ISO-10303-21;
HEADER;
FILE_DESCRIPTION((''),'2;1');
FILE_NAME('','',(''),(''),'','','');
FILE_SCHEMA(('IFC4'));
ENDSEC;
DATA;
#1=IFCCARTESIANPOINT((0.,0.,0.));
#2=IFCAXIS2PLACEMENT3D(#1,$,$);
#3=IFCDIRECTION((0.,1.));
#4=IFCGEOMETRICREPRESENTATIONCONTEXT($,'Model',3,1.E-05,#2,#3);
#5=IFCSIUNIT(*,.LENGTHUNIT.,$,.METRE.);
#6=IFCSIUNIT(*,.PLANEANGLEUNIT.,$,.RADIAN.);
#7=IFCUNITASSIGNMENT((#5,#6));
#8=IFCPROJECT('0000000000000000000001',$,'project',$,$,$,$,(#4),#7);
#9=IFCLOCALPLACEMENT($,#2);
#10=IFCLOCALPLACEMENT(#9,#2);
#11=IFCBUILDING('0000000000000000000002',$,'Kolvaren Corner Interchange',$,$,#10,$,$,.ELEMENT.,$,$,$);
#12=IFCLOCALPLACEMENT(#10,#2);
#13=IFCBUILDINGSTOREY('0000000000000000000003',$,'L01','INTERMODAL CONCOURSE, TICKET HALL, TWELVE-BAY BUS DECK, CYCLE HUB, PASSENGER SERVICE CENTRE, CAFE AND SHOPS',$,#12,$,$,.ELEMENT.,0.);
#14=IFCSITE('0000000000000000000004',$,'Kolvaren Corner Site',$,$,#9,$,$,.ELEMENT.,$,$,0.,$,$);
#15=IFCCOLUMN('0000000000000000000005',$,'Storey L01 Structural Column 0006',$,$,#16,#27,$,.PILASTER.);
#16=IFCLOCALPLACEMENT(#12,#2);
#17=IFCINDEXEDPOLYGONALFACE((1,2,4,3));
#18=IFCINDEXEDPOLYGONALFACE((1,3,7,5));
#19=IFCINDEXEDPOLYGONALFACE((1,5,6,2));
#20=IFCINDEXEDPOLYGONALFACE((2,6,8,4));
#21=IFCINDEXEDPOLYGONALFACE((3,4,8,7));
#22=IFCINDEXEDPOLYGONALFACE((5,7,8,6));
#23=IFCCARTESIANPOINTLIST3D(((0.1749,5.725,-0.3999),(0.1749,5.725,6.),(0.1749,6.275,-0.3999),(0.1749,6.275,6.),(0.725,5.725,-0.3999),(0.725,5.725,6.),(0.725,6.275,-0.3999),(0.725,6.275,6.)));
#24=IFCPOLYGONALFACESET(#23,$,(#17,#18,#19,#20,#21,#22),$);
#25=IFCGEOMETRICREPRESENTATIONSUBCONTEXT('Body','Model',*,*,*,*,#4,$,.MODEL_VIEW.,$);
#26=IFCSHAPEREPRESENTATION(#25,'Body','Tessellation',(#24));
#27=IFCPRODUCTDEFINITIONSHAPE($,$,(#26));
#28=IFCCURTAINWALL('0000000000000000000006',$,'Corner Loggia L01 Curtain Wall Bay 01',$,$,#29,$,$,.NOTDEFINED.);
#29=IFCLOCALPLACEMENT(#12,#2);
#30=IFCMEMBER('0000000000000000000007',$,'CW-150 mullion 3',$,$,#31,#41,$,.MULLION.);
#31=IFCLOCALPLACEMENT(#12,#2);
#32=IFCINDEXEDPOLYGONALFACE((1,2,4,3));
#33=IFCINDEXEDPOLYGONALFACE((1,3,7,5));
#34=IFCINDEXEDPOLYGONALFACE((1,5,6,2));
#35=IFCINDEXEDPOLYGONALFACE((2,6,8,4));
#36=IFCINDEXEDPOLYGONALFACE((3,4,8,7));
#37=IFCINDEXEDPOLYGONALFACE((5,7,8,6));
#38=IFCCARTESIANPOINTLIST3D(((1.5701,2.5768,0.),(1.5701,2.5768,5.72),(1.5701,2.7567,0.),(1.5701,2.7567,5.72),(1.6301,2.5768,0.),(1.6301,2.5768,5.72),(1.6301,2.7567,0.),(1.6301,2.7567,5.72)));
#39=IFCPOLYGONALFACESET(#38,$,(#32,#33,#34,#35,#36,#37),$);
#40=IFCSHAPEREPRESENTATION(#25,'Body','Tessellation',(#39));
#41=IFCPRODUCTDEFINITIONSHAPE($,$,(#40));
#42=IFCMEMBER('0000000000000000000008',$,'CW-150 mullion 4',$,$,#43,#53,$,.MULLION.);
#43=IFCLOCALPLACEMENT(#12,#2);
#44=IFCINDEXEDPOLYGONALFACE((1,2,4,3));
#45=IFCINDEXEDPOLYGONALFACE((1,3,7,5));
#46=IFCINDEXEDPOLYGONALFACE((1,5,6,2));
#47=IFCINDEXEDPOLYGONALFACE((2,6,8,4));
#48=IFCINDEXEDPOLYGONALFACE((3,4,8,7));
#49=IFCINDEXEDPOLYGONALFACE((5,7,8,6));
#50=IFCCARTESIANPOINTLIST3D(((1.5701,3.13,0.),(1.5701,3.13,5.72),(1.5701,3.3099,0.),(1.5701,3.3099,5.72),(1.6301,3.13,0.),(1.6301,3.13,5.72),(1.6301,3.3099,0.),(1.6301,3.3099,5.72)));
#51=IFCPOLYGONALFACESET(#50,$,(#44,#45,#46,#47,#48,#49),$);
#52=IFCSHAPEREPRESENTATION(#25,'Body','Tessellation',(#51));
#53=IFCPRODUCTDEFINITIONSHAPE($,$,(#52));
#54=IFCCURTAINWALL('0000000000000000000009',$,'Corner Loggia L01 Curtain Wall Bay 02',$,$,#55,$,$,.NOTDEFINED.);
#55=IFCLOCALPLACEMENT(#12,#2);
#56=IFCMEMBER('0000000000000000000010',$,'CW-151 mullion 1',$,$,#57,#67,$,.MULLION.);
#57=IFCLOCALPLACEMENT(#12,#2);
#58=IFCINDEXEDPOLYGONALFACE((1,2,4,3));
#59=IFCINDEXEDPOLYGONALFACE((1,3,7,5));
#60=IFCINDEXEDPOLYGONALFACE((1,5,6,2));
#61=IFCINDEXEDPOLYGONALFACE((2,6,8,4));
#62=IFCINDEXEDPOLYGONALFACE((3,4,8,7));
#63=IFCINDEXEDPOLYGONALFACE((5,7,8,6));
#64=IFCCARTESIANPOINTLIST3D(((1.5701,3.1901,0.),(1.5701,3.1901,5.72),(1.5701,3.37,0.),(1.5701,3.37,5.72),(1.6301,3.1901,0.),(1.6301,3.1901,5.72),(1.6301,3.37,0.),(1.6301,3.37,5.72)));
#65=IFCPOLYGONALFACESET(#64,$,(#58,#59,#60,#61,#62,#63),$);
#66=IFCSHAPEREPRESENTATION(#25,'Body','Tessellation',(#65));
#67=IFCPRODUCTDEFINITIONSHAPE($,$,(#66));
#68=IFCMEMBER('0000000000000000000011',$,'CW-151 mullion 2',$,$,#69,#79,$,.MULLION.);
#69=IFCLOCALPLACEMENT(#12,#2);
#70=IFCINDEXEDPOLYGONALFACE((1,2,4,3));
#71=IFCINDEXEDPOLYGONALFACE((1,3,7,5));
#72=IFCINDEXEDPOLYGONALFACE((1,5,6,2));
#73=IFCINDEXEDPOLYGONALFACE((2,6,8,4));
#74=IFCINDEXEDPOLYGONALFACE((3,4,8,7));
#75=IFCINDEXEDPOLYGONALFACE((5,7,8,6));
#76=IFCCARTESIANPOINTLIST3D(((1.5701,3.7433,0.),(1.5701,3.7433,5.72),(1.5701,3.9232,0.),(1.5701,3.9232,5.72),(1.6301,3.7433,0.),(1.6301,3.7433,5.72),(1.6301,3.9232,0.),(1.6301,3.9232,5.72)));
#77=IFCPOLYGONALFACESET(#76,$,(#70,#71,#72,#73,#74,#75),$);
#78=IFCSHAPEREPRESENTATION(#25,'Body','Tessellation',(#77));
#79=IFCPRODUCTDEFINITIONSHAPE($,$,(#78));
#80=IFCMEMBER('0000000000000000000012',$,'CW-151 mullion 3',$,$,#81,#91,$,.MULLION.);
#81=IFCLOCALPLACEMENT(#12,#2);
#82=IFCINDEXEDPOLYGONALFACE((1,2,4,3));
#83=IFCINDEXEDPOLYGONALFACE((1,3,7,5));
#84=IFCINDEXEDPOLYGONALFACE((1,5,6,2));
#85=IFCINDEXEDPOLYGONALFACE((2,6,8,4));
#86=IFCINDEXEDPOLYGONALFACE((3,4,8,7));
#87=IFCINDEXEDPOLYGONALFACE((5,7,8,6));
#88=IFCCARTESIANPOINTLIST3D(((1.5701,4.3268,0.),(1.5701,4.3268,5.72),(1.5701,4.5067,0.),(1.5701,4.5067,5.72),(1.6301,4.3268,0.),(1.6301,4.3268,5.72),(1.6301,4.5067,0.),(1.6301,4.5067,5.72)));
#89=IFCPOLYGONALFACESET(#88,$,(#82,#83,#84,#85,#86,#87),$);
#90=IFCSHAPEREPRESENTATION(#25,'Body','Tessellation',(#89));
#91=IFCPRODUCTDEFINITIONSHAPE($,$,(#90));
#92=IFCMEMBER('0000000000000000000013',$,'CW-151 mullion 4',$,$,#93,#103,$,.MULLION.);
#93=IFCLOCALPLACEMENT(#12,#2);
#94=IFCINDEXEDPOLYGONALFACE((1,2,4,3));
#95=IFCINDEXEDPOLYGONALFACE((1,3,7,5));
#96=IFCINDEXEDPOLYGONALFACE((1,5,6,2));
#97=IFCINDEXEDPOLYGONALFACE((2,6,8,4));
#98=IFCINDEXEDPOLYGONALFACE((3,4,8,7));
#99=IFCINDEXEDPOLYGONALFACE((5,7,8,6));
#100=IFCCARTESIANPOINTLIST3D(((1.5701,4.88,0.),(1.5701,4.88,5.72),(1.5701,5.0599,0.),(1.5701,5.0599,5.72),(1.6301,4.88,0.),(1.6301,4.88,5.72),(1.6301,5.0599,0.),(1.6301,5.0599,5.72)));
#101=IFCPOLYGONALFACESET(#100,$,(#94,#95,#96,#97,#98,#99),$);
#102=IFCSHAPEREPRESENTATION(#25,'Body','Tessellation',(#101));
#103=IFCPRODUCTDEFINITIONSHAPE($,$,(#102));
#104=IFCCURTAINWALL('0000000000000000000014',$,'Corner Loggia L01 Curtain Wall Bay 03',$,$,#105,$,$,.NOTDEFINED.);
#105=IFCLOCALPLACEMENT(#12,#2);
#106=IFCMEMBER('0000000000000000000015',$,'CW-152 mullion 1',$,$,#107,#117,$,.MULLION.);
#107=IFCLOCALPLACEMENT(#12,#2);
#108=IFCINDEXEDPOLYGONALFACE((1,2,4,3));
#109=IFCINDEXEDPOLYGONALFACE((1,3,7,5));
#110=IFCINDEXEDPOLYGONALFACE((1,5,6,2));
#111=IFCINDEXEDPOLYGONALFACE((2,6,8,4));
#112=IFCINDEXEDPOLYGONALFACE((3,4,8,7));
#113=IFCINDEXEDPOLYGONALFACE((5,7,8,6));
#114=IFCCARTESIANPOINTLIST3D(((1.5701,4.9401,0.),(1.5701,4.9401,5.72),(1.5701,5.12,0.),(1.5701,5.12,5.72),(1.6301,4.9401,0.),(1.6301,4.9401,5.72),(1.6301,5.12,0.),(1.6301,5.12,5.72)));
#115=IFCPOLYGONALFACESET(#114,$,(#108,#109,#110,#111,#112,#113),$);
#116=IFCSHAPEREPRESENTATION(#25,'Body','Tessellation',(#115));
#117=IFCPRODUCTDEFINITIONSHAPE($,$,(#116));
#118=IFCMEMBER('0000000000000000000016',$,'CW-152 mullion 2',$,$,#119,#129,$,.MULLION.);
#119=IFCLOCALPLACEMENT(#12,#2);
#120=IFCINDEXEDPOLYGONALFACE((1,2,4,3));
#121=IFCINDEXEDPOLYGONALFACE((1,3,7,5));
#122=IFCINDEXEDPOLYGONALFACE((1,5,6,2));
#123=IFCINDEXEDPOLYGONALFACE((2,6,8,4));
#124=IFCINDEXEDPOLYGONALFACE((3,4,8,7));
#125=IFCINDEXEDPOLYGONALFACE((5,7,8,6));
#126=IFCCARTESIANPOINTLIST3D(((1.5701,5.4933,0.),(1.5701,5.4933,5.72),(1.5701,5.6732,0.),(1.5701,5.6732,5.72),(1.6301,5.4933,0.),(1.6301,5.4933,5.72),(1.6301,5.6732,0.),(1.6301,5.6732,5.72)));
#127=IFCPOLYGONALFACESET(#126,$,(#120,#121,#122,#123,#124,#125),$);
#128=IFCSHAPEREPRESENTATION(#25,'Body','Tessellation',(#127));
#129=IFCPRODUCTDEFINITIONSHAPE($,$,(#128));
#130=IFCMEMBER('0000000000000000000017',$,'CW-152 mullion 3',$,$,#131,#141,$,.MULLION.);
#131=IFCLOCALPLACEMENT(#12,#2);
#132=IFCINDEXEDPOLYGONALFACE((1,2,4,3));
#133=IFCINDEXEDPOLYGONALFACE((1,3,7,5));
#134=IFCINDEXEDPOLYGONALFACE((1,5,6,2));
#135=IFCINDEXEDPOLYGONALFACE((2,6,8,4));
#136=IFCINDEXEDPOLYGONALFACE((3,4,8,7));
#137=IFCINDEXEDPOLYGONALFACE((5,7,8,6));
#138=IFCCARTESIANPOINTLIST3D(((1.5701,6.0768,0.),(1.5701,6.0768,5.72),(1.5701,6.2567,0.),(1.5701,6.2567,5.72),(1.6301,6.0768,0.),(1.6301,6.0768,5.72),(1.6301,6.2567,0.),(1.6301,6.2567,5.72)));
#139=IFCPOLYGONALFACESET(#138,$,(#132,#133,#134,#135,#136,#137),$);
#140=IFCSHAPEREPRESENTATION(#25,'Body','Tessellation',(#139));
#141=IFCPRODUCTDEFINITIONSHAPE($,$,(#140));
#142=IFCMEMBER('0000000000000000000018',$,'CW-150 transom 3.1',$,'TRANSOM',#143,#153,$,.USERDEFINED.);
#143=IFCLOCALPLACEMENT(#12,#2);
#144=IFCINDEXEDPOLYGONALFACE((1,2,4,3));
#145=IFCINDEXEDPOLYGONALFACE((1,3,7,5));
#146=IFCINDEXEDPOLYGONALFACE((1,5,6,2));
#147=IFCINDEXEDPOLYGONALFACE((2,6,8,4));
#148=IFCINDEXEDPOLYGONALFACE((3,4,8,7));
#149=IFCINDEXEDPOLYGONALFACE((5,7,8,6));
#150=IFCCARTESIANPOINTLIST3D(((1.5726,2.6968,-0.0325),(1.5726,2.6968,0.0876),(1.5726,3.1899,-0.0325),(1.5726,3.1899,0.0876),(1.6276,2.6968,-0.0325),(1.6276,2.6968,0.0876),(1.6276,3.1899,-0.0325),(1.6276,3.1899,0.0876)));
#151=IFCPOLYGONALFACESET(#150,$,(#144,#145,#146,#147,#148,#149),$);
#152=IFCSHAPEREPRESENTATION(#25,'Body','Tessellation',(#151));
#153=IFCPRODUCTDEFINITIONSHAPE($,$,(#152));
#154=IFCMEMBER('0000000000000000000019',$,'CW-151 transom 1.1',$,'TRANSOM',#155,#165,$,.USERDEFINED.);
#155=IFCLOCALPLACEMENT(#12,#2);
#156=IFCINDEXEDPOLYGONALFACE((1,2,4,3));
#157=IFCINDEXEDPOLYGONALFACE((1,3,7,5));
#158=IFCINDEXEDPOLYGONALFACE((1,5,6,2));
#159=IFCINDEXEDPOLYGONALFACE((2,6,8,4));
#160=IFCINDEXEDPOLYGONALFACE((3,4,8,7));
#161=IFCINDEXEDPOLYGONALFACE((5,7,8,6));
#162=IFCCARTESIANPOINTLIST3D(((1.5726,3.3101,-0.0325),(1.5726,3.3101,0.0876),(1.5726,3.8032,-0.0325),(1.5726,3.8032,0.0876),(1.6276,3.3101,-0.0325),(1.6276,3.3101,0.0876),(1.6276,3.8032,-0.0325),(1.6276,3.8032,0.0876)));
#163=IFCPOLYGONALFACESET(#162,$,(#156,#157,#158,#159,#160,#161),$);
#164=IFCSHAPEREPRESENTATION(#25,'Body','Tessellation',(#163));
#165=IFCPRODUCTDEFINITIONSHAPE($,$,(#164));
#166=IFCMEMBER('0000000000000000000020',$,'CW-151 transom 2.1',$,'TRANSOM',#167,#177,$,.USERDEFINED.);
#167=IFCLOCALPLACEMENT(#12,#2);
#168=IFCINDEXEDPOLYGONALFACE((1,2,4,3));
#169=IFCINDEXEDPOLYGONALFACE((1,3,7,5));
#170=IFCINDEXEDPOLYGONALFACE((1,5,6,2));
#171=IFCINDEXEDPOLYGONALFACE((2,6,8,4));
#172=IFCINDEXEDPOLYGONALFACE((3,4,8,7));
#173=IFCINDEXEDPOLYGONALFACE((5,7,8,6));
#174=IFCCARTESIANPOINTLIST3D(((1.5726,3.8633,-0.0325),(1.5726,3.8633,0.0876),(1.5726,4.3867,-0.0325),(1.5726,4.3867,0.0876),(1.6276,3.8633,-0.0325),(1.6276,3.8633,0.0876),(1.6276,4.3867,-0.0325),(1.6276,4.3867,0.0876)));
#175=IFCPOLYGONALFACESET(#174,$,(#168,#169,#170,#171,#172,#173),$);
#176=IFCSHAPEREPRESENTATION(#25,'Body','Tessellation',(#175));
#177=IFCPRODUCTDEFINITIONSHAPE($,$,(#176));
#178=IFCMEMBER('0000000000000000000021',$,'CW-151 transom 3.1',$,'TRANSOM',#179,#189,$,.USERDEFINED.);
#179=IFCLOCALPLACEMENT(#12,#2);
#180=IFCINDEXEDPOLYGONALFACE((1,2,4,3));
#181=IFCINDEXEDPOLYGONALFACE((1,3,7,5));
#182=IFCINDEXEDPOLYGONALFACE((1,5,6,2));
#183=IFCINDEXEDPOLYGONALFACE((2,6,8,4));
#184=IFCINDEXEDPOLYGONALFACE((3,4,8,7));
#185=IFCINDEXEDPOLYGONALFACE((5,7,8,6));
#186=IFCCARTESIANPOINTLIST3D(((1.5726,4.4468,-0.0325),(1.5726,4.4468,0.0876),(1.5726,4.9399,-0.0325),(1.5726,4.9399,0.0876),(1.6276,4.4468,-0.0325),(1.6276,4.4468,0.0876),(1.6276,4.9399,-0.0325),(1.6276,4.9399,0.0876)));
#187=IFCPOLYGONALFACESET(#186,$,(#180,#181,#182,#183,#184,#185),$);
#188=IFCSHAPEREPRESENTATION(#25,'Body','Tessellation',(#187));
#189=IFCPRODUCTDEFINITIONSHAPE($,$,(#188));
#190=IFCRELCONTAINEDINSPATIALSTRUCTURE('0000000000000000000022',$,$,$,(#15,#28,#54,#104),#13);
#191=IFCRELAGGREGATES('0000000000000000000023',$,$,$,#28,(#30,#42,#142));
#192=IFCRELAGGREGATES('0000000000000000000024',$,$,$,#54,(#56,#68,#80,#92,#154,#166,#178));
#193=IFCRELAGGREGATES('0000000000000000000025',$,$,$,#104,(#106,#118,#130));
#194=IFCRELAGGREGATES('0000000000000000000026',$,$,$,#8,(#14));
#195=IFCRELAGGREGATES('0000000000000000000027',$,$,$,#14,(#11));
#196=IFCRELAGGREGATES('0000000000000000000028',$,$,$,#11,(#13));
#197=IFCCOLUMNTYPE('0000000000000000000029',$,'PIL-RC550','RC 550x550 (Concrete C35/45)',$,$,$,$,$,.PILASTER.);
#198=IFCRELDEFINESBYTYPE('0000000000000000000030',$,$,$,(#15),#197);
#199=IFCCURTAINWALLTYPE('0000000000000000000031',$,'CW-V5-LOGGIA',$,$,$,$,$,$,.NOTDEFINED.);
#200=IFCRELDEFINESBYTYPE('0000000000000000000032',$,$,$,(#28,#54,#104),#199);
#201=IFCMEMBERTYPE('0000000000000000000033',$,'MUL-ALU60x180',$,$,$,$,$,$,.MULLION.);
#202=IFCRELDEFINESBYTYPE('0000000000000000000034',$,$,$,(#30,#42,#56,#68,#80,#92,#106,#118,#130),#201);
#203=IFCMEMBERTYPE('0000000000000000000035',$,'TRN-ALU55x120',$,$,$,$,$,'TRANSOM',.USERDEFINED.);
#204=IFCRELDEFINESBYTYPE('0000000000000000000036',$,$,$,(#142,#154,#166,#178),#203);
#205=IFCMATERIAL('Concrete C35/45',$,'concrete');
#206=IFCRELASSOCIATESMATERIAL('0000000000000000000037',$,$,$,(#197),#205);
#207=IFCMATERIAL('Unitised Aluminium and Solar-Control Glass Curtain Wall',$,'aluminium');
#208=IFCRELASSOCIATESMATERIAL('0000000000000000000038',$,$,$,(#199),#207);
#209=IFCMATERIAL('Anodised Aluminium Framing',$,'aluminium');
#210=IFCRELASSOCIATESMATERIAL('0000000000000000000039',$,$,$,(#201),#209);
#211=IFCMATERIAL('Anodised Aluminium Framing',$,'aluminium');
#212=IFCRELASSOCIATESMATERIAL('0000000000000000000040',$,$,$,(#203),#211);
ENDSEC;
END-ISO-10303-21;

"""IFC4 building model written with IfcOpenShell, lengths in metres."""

from ifc_helpers import new_model, si_unit, direction, frame, origin, origin_2d, place, context, subcontext, project, spatial, rectangle, extrude, material, material_profile, profile_set, type_object, element, aggregate, save


model = new_model("IFC4")

# Units and contexts
model_context = context("Model", 3, precision=1e-05, world=origin(), true_north=direction((0.0, 1.0)))
body_context = subcontext(model_context, "Body", "Model", "MODEL_VIEW")
ifc_project = project(units=[si_unit("LENGTHUNIT", "METRE"), si_unit("PLANEANGLEUNIT", "RADIAN")], contexts=[model_context])

# Site, building, storey
site_placement = place(None, origin())
site = spatial("IfcSite", under=ifc_project, at=site_placement, Name="Kolvaren Corner Site", CompositionType="ELEMENT", RefElevation=0.0)
building_placement = place(site_placement, origin())
building = spatial("IfcBuilding", under=site, at=building_placement, Name="Kolvaren Corner Interchange", CompositionType="ELEMENT")
storey_placement = place(building_placement, origin())
storey = spatial("IfcBuildingStorey", under=building, at=storey_placement, Name="L01", Description="INTERMODAL CONCOURSE, TICKET HALL, TWELVE-BAY BUS DECK, CYCLE HUB, PASSENGER SERVICE CENTRE, CAFE AND SHOPS", CompositionType="ELEMENT", Elevation=0.0)

# Column
ifc_material_1 = material(Name="Concrete C35/45", Category="concrete")
ifc_material_profile_1 = material_profile(ifc_material_1, rectangle(XDim=0.55, YDim=0.55, at=origin_2d()), Name="RC 550x550")
ifc_profile_set_1 = profile_set([ifc_material_profile_1], Name="Concrete C35/45")
column_type = type_object("IfcColumnType", Name="PIL-RC550", Description="RC 550x550 (Concrete C35/45)", PredefinedType="PILASTER", material=ifc_profile_set_1)
column_placement = place(storey_placement, frame((0.45, 6.0, -0.3999), z_axis=(0.0, 0.0, 1.0), x_axis=(1.0, 0.0, 0.0)))
element("IfcColumn", 1, at=column_placement, inside=storey, type_object=column_type, Name="Storey L01 Structural Column 0006", PredefinedType="PILASTER", context=body_context, shape_type="SweptSolid", body=[
    extrude(rectangle(XDim=0.55, YDim=0.55, at=origin_2d()), origin(), (0.0, 0.0, 1.0), 6.3999),
])

# Curtain walls, members
ifc_material_2 = material(Name="Unitised Aluminium and Solar-Control Glass Curtain Wall", Category="aluminium")
curtain_wall_type = type_object("IfcCurtainWallType", Name="CW-V5-LOGGIA", PredefinedType="NOTDEFINED", material=ifc_material_2)
curtain_wall_1_placement = place(storey_placement, origin())
curtain_wall_1 = element("IfcCurtainWall", 2, at=curtain_wall_1_placement, inside=storey, type_object=curtain_wall_type, Name="Corner Loggia L01 Curtain Wall Bay 01", PredefinedType="NOTDEFINED")
ifc_material_3 = material(Name="Anodised Aluminium Framing", Category="aluminium")
ifc_material_profile_2 = material_profile(ifc_material_3, rectangle(XDim=0.0601, YDim=0.1799, at=origin_2d()), Name="ALU 60x180")
ifc_profile_set_2 = profile_set([ifc_material_profile_2], Name="Anodised Aluminium Framing")
member_type_1 = type_object("IfcMemberType", Name="MUL-ALU60x180", PredefinedType="MULLION", material=ifc_profile_set_2)
member_1_placement = place(storey_placement, frame((1.6001, 2.6667, 0.0), z_axis=(0.0, 0.0, 1.0), x_axis=(-1.0, 0.0, 0.0)))
member_1 = element("IfcMember", 3, at=member_1_placement, type_object=member_type_1, Name="CW-150 mullion 3", PredefinedType="MULLION", context=body_context, shape_type="SweptSolid", body=[
    extrude(rectangle(XDim=0.0601, YDim=0.1799, at=origin_2d()), origin(), (0.0, 0.0, 1.0), 5.72),
])
member_2_placement = place(storey_placement, frame((1.6001, 3.22, 0.0), z_axis=(0.0, 0.0, 1.0), x_axis=(-1.0, 0.0, 0.0)))
member_2 = element("IfcMember", 4, at=member_2_placement, type_object=member_type_1, Name="CW-150 mullion 4", PredefinedType="MULLION", context=body_context, shape_type="SweptSolid", body=[
    extrude(rectangle(XDim=0.0601, YDim=0.1799, at=origin_2d()), origin(), (0.0, 0.0, 1.0), 5.72),
])
curtain_wall_2_placement = place(storey_placement, origin())
curtain_wall_2 = element("IfcCurtainWall", 5, at=curtain_wall_2_placement, inside=storey, type_object=curtain_wall_type, Name="Corner Loggia L01 Curtain Wall Bay 02", PredefinedType="NOTDEFINED")
member_3_placement = place(storey_placement, frame((1.6001, 3.28, 0.0), z_axis=(0.0, 0.0, 1.0), x_axis=(-1.0, 0.0, 0.0)))
member_3 = element("IfcMember", 6, at=member_3_placement, type_object=member_type_1, Name="CW-151 mullion 1", PredefinedType="MULLION", context=body_context, shape_type="SweptSolid", body=[
    extrude(rectangle(XDim=0.0601, YDim=0.1799, at=origin_2d()), origin(), (0.0, 0.0, 1.0), 5.72),
])
member_4_placement = place(storey_placement, frame((1.6001, 3.8333, 0.0), z_axis=(0.0, 0.0, 1.0), x_axis=(-1.0, 0.0, 0.0)))
member_4 = element("IfcMember", 7, at=member_4_placement, type_object=member_type_1, Name="CW-151 mullion 2", PredefinedType="MULLION", context=body_context, shape_type="SweptSolid", body=[
    extrude(rectangle(XDim=0.0601, YDim=0.1799, at=origin_2d()), origin(), (0.0, 0.0, 1.0), 5.72),
])
member_5_placement = place(storey_placement, frame((1.6001, 4.4167, 0.0), z_axis=(0.0, 0.0, 1.0), x_axis=(-1.0, 0.0, 0.0)))
member_5 = element("IfcMember", 8, at=member_5_placement, type_object=member_type_1, Name="CW-151 mullion 3", PredefinedType="MULLION", context=body_context, shape_type="SweptSolid", body=[
    extrude(rectangle(XDim=0.0601, YDim=0.1799, at=origin_2d()), origin(), (0.0, 0.0, 1.0), 5.72),
])
member_6_placement = place(storey_placement, frame((1.6001, 4.97, 0.0), z_axis=(0.0, 0.0, 1.0), x_axis=(-1.0, 0.0, 0.0)))
member_6 = element("IfcMember", 9, at=member_6_placement, type_object=member_type_1, Name="CW-151 mullion 4", PredefinedType="MULLION", context=body_context, shape_type="SweptSolid", body=[
    extrude(rectangle(XDim=0.0601, YDim=0.1799, at=origin_2d()), origin(), (0.0, 0.0, 1.0), 5.72),
])
curtain_wall_3_placement = place(storey_placement, origin())
curtain_wall_3 = element("IfcCurtainWall", 10, at=curtain_wall_3_placement, inside=storey, type_object=curtain_wall_type, Name="Corner Loggia L01 Curtain Wall Bay 03", PredefinedType="NOTDEFINED")
member_7_placement = place(storey_placement, frame((1.6001, 5.03, 0.0), z_axis=(0.0, 0.0, 1.0), x_axis=(-1.0, 0.0, 0.0)))
member_7 = element("IfcMember", 11, at=member_7_placement, type_object=member_type_1, Name="CW-152 mullion 1", PredefinedType="MULLION", context=body_context, shape_type="SweptSolid", body=[
    extrude(rectangle(XDim=0.0601, YDim=0.1799, at=origin_2d()), origin(), (0.0, 0.0, 1.0), 5.72),
])
member_8_placement = place(storey_placement, frame((1.6001, 5.5833, 0.0), z_axis=(0.0, 0.0, 1.0), x_axis=(-1.0, 0.0, 0.0)))
member_8 = element("IfcMember", 12, at=member_8_placement, type_object=member_type_1, Name="CW-152 mullion 2", PredefinedType="MULLION", context=body_context, shape_type="SweptSolid", body=[
    extrude(rectangle(XDim=0.0601, YDim=0.1799, at=origin_2d()), origin(), (0.0, 0.0, 1.0), 5.72),
])
member_9_placement = place(storey_placement, frame((1.6001, 6.1667, 0.0), z_axis=(0.0, 0.0, 1.0), x_axis=(-1.0, 0.0, 0.0)))
member_9 = element("IfcMember", 13, at=member_9_placement, type_object=member_type_1, Name="CW-152 mullion 3", PredefinedType="MULLION", context=body_context, shape_type="SweptSolid", body=[
    extrude(rectangle(XDim=0.0601, YDim=0.1799, at=origin_2d()), origin(), (0.0, 0.0, 1.0), 5.72),
])

# Members
ifc_material_4 = material(Name="Anodised Aluminium Framing", Category="aluminium")
ifc_material_profile_3 = material_profile(ifc_material_4, rectangle(XDim=0.0549, YDim=0.1201, at=origin_2d()), Name="ALU 55x120")
ifc_profile_set_3 = profile_set([ifc_material_profile_3], Name="Anodised Aluminium Framing")
member_type_2 = type_object("IfcMemberType", Name="TRN-ALU55x120", ElementType="TRANSOM", PredefinedType="USERDEFINED", material=ifc_profile_set_3)
member_10_placement = place(storey_placement, frame((1.6001, 2.6968, 0.0276), z_axis=(0.0, 1.0, 0.0), x_axis=(-1.0, 0.0, 0.0)))
member_10 = element("IfcMember", 14, at=member_10_placement, type_object=member_type_2, Name="CW-150 transom 3.1", ObjectType="TRANSOM", PredefinedType="USERDEFINED", context=body_context, shape_type="SweptSolid", body=[
    extrude(rectangle(XDim=0.0549, YDim=0.1201, at=origin_2d()), origin(), (0.0, 0.0, 1.0), 0.4932),
])
member_11_placement = place(storey_placement, frame((1.6001, 3.3101, 0.0276), z_axis=(0.0, 1.0, 0.0), x_axis=(-1.0, 0.0, 0.0)))
member_11 = element("IfcMember", 15, at=member_11_placement, type_object=member_type_2, Name="CW-151 transom 1.1", ObjectType="TRANSOM", PredefinedType="USERDEFINED", context=body_context, shape_type="SweptSolid", body=[
    extrude(rectangle(XDim=0.0549, YDim=0.1201, at=origin_2d()), origin(), (0.0, 0.0, 1.0), 0.4932),
])
member_12_placement = place(storey_placement, frame((1.6001, 3.8633, 0.0276), z_axis=(0.0, 1.0, 0.0), x_axis=(-1.0, 0.0, 0.0)))
member_12 = element("IfcMember", 16, at=member_12_placement, type_object=member_type_2, Name="CW-151 transom 2.1", ObjectType="TRANSOM", PredefinedType="USERDEFINED", context=body_context, shape_type="SweptSolid", body=[
    extrude(rectangle(XDim=0.0549, YDim=0.1201, at=origin_2d()), origin(), (0.0, 0.0, 1.0), 0.5234),
])
member_13_placement = place(storey_placement, frame((1.6001, 4.4468, 0.0276), z_axis=(0.0, 1.0, 0.0), x_axis=(-1.0, 0.0, 0.0)))
member_13 = element("IfcMember", 17, at=member_13_placement, type_object=member_type_2, Name="CW-151 transom 3.1", ObjectType="TRANSOM", PredefinedType="USERDEFINED", context=body_context, shape_type="SweptSolid", body=[
    extrude(rectangle(XDim=0.0549, YDim=0.1201, at=origin_2d()), origin(), (0.0, 0.0, 1.0), 0.4932),
])

aggregate(curtain_wall_1, [member_1, member_2, member_10])
aggregate(curtain_wall_2, [member_3, member_4, member_5, member_6, member_11, member_12, member_13])
aggregate(curtain_wall_3, [member_7, member_8, member_9])

save(model, "model.ifc")
